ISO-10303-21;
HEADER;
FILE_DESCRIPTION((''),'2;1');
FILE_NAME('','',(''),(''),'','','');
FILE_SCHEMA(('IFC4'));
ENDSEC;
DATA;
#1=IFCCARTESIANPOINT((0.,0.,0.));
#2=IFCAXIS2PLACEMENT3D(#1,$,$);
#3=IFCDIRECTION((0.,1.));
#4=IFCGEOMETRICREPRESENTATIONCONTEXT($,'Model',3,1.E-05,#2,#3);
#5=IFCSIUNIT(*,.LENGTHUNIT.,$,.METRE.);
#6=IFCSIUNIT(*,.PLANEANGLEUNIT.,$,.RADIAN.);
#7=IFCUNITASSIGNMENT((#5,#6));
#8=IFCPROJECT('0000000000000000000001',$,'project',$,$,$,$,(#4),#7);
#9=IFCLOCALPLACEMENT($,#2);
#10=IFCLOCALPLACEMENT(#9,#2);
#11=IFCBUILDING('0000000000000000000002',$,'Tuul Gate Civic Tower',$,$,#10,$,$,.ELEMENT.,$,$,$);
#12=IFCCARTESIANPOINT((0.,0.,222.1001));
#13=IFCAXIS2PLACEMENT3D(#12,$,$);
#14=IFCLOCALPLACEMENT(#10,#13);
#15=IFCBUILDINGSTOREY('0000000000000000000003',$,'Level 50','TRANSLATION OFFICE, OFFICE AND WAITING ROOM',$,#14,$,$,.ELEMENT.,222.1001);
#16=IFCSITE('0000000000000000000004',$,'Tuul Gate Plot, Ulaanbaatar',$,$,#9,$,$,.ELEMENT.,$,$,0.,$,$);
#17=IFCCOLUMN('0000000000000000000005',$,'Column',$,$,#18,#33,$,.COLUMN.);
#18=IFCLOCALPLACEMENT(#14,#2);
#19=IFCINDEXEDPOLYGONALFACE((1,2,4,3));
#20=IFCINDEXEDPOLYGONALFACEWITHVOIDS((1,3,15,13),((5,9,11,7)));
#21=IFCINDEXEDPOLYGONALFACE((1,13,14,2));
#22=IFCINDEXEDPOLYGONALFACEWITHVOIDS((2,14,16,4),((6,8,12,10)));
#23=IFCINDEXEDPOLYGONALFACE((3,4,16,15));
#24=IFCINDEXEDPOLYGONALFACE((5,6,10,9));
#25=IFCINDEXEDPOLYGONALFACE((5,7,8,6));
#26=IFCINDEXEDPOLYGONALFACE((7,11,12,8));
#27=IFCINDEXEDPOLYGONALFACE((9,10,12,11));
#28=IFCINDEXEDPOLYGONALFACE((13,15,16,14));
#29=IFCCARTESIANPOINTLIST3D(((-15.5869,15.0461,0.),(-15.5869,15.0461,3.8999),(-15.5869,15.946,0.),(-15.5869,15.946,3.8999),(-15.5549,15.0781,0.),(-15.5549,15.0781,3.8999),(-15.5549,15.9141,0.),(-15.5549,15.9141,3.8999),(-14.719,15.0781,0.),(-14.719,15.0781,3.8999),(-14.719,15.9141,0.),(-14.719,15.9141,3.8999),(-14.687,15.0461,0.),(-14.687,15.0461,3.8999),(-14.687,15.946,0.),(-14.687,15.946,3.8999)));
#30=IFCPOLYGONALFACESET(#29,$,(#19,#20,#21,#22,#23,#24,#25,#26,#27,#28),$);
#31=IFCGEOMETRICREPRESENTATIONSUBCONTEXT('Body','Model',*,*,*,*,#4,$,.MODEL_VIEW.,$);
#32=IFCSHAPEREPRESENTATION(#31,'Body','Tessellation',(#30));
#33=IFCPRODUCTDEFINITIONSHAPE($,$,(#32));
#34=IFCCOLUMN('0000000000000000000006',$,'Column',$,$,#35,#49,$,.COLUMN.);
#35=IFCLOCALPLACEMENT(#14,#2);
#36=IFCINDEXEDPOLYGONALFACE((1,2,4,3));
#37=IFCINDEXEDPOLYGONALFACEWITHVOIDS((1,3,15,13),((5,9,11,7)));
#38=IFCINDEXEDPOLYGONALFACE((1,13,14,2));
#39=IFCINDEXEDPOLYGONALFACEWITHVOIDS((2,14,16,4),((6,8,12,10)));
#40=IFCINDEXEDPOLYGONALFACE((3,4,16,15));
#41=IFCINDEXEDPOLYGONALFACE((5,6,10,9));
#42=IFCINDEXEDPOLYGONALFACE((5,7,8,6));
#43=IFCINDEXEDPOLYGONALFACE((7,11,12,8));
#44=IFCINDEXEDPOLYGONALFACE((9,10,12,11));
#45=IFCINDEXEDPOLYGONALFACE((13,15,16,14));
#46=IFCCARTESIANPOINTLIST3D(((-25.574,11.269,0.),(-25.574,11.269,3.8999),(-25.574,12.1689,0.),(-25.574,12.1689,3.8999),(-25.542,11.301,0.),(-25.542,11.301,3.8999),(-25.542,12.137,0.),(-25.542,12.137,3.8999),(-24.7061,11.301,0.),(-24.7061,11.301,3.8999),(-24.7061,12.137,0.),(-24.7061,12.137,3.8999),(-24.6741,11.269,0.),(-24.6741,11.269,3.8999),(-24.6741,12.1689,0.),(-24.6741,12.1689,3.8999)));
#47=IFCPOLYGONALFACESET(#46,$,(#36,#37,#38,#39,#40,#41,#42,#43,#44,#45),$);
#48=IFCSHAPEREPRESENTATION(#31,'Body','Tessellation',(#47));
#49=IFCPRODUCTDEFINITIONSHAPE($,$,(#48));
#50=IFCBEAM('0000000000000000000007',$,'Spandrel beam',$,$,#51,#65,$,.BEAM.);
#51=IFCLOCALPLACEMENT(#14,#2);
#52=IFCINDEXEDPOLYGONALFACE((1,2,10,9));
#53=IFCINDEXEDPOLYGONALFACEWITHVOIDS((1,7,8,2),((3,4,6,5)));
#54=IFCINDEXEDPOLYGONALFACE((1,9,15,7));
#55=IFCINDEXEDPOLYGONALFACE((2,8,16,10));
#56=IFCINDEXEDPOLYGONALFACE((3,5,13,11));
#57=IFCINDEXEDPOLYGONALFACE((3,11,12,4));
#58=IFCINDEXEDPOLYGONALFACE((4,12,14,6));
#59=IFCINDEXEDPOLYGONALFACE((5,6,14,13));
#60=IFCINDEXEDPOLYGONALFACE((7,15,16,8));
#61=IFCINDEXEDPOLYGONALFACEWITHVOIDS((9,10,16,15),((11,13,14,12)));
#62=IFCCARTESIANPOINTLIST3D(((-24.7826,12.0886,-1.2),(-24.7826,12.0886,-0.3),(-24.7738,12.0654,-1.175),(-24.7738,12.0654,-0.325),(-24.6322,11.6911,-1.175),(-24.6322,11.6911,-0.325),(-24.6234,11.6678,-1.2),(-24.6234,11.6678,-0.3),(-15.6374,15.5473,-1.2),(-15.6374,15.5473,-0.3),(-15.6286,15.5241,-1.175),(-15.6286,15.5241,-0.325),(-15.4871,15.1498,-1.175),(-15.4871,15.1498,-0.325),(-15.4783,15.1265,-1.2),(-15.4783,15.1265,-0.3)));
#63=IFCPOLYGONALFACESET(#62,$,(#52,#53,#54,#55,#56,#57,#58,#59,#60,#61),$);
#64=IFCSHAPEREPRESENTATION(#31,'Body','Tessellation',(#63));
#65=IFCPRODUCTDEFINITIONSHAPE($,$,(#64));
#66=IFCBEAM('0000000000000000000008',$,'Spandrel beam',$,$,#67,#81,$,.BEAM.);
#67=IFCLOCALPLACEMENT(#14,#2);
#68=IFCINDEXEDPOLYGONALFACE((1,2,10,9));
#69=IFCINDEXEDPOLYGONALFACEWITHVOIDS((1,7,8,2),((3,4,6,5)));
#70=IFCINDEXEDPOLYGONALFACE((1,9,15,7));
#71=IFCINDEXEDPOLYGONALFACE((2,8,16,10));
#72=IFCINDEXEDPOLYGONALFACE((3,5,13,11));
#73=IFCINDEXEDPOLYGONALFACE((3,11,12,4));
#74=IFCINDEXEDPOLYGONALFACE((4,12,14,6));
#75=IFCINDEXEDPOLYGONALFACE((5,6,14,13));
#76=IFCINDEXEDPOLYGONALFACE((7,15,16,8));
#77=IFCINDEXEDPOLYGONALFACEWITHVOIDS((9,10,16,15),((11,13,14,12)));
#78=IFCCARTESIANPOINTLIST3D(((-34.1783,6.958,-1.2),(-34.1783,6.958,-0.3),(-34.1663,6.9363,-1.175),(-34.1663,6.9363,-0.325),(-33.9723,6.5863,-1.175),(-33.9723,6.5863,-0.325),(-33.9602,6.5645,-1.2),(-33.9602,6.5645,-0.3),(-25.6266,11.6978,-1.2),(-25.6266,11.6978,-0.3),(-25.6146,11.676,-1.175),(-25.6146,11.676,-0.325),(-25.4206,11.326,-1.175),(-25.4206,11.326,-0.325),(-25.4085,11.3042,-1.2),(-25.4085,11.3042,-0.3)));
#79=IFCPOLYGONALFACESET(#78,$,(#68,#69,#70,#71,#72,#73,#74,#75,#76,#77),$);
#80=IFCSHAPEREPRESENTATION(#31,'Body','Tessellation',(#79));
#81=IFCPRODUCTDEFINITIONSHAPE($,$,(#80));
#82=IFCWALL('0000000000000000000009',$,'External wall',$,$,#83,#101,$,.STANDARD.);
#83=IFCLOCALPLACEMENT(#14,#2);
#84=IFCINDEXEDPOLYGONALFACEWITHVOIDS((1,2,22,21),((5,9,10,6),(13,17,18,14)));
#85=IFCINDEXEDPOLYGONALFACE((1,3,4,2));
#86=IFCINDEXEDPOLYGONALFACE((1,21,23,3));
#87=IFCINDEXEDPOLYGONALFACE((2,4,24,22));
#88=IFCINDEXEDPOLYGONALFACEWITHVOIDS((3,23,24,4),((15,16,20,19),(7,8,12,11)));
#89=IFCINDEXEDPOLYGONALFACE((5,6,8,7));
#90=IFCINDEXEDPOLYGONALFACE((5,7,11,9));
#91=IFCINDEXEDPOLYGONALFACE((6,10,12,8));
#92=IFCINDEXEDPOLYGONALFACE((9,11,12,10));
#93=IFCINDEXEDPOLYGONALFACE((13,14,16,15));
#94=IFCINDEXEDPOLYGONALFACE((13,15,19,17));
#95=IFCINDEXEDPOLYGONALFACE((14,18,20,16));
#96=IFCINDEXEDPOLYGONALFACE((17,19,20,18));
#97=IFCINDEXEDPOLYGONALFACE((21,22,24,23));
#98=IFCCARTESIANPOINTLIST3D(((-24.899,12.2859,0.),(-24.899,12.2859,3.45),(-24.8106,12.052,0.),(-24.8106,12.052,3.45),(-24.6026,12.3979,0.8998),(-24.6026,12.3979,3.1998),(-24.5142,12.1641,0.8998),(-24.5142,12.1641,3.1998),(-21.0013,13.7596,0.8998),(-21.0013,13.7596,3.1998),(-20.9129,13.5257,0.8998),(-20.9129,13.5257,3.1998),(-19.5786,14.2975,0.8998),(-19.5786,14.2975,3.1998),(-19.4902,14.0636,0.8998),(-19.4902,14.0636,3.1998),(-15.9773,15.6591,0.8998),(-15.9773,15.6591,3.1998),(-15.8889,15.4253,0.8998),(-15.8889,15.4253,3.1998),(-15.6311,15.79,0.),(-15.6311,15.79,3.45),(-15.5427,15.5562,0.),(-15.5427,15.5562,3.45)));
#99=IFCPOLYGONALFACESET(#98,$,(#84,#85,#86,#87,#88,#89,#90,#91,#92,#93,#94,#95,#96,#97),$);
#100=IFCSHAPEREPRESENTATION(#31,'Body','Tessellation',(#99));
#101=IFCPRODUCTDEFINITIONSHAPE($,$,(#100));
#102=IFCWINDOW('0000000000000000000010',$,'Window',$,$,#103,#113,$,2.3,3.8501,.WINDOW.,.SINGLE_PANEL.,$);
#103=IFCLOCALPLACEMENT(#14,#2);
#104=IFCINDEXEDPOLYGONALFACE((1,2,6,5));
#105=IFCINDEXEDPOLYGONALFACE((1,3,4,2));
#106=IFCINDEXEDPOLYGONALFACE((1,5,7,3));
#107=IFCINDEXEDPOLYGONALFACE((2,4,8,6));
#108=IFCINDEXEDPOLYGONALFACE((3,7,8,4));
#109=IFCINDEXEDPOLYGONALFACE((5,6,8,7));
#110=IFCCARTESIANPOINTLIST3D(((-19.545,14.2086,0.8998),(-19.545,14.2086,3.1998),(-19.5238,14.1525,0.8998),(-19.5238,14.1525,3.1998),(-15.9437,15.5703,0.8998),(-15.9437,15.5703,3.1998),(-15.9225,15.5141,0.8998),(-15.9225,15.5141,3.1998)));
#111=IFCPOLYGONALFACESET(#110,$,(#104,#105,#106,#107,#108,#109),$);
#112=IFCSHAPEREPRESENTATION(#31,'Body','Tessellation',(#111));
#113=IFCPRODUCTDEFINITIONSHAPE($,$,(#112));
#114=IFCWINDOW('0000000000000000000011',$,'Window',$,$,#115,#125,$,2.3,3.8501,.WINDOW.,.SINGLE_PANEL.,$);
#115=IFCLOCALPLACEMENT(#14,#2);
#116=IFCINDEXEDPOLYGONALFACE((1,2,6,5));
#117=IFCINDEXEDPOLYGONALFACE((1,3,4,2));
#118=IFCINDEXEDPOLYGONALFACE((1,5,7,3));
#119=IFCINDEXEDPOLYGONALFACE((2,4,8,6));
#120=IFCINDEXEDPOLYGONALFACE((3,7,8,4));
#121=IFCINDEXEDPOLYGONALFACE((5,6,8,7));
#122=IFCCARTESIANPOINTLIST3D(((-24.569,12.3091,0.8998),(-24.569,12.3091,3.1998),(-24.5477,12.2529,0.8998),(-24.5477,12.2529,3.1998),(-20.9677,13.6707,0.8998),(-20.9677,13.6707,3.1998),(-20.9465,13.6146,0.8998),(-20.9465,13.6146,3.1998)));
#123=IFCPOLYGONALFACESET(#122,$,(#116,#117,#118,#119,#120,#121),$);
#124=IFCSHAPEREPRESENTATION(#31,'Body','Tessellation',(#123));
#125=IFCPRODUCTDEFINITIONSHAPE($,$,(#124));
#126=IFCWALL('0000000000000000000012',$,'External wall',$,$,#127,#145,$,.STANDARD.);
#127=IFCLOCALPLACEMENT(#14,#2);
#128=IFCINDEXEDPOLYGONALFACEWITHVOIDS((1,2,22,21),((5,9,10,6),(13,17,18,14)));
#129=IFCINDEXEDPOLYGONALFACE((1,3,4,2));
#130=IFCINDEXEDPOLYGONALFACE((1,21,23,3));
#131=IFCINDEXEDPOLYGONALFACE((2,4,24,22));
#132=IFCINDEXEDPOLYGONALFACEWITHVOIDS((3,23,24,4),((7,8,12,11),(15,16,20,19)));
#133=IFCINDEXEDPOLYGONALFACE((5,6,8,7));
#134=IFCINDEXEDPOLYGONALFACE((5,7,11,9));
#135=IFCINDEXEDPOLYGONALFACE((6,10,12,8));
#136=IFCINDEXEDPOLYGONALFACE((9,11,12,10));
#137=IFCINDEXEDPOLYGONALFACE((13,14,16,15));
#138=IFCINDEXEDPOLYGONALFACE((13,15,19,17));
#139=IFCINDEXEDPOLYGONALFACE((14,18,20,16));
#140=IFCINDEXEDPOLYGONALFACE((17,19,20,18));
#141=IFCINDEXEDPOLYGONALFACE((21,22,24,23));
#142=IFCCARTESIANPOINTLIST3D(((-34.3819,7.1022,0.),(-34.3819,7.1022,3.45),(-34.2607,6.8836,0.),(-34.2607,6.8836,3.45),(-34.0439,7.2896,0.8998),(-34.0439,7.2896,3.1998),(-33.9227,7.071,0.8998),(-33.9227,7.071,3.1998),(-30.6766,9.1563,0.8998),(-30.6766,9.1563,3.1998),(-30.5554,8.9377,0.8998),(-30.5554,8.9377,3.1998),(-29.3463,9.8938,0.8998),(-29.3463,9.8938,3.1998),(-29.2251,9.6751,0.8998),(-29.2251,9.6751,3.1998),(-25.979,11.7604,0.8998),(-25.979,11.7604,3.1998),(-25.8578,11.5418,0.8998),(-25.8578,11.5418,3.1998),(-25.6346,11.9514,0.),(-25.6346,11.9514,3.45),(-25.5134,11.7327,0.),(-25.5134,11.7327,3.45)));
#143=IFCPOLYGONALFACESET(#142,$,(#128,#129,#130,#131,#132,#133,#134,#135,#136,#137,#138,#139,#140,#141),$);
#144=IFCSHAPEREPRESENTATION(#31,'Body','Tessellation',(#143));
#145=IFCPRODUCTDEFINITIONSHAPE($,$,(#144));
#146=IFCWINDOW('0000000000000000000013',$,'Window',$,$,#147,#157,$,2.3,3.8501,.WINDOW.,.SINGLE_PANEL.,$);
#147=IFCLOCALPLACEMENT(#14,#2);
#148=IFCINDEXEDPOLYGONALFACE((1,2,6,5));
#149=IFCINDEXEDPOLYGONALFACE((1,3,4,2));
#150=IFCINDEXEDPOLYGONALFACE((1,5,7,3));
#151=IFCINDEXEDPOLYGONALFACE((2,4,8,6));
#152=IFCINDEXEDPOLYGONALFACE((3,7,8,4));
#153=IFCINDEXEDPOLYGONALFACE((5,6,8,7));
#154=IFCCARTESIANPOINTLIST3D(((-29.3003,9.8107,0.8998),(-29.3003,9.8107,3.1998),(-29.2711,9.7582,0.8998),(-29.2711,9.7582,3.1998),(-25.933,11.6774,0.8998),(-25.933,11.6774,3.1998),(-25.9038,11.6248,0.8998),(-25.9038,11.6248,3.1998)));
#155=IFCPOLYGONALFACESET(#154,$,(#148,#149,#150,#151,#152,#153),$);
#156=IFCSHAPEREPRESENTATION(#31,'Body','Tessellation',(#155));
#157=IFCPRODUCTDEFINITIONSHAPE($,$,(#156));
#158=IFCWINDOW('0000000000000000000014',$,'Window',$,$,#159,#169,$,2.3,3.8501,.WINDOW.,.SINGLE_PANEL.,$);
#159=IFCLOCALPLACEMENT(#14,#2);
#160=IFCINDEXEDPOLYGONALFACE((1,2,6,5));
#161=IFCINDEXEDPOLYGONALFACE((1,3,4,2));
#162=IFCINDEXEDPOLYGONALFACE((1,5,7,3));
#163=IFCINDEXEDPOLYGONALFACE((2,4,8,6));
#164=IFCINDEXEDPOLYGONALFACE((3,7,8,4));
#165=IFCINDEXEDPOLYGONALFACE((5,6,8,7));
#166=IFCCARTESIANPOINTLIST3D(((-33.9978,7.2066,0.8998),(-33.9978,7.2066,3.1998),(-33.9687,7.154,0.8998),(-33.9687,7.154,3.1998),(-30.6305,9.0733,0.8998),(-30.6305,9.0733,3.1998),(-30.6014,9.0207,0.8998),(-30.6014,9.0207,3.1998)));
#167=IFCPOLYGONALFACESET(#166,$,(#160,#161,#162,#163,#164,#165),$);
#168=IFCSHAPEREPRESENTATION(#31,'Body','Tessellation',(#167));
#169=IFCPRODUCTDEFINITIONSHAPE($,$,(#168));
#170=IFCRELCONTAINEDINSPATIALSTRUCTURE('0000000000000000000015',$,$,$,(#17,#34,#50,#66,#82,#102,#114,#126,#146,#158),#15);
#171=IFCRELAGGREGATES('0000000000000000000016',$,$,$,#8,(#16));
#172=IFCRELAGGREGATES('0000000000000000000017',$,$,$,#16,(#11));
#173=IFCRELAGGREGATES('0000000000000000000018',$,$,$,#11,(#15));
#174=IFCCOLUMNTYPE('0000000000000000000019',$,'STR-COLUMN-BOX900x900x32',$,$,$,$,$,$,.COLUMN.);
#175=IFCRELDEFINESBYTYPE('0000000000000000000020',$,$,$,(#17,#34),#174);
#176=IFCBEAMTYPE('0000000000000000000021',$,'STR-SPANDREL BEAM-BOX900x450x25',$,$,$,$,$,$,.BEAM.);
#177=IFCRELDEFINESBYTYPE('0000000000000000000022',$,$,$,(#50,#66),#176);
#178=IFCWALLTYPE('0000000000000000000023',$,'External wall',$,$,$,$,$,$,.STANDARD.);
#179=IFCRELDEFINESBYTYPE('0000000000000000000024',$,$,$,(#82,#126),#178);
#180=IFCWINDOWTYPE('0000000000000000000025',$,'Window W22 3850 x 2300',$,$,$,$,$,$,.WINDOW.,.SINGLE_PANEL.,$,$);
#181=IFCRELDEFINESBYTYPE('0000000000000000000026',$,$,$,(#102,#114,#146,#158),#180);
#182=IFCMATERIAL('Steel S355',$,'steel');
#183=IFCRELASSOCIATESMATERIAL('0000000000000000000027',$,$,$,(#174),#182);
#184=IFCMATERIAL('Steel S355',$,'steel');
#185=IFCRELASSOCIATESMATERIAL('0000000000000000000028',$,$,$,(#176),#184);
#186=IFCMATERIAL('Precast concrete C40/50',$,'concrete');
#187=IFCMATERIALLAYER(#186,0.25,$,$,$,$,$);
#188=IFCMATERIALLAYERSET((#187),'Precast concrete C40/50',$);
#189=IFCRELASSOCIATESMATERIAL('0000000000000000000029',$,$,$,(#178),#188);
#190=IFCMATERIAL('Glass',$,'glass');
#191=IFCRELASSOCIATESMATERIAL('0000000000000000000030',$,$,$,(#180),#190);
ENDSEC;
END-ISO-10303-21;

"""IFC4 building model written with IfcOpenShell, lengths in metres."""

from ifc_helpers import new_model, si_unit, direction, frame, frame_2d, origin, origin_2d, place, context, subcontext, project, spatial, rectangle, hollow_rectangle, extrude, material, layer, layer_set, material_profile, profile_set, type_object, element, fill, save


model = new_model("IFC4")

# Units and contexts
model_context = context("Model", 3, precision=1e-05, world=origin(), true_north=direction((0.0, 1.0)))
body_context = subcontext(model_context, "Body", "Model", "MODEL_VIEW")
ifc_project = project(units=[si_unit("LENGTHUNIT", "METRE"), si_unit("PLANEANGLEUNIT", "RADIAN")], contexts=[model_context])

# Site, building, storey
site_placement = place(None, origin())
site = spatial("IfcSite", under=ifc_project, at=site_placement, Name="Tuul Gate Plot, Ulaanbaatar", CompositionType="ELEMENT", RefElevation=0.0)
building_placement = place(site_placement, origin())
building = spatial("IfcBuilding", under=site, at=building_placement, Name="Tuul Gate Civic Tower", CompositionType="ELEMENT")
storey_placement = place(building_placement, frame((0.0, 0.0, 222.1001)))
storey = spatial("IfcBuildingStorey", under=building, at=storey_placement, Name="Level 50", Description="TRANSLATION OFFICE, OFFICE AND WAITING ROOM", CompositionType="ELEMENT", Elevation=222.1001)

# Columns
ifc_material_1 = material(Name="Steel S355", Category="steel")
ifc_material_profile_1 = material_profile(ifc_material_1, hollow_rectangle(XDim=0.8999, YDim=0.8999, WallThickness=0.032, at=origin_2d()), Name="BOX900x900x32")
ifc_profile_set_1 = profile_set([ifc_material_profile_1], Name="Steel S355")
column_type = type_object("IfcColumnType", Name="STR-COLUMN-BOX900x900x32", PredefinedType="COLUMN", material=ifc_profile_set_1)
for number, where, z_axis, x_axis, name in (
    (1, (-15.137, 15.4961, 0.0), (0.0, 0.0, 1.0), (1.0, 0.0, 0.0), "Column"),
    (2, (-25.124, 11.719, 0.0), (0.0, 0.0, 1.0), (1.0, 0.0, 0.0), "Column"),
):
    element("IfcColumn", number, at=place(storey_placement, frame(where, z_axis=z_axis, x_axis=x_axis)), inside=storey, type_object=column_type, Name=name, PredefinedType="COLUMN", context=body_context, shape_type="SweptSolid", body=[
        extrude(hollow_rectangle(XDim=0.8999, YDim=0.8999, WallThickness=0.032, at=origin_2d()), origin(), (0.0, 0.0, 1.0), 3.8999),
    ])

# Beams
ifc_material_2 = material(Name="Steel S355", Category="steel")
ifc_material_profile_2 = material_profile(ifc_material_2, hollow_rectangle(XDim=0.45, YDim=0.8999, WallThickness=0.0249, at=origin_2d()), Name="BOX900x450x25")
ifc_profile_set_2 = profile_set([ifc_material_profile_2], Name="Steel S355")
beam_type = type_object("IfcBeamType", Name="STR-SPANDREL BEAM-BOX900x450x25", PredefinedType="BEAM", material=ifc_profile_set_2)
for number, where, z_axis, x_axis, name in (
    (3, (-15.5579, 15.3369, -0.75), (-0.935341, -0.353746, 0.0), (0.353746, -0.935341, 0.0), "Spandrel beam"),
    (4, (-25.5176, 11.501, -0.75), (-0.874644, -0.484765, 0.0), (0.484765, -0.874644, 0.0), "Spandrel beam"),
):
    element("IfcBeam", number, at=place(storey_placement, frame(where, z_axis=z_axis, x_axis=x_axis)), inside=storey, type_object=beam_type, Name=name, PredefinedType="BEAM", context=body_context, shape_type="SweptSolid", body=[
        extrude(hollow_rectangle(XDim=0.45, YDim=0.8999, WallThickness=0.0249, at=origin_2d()), origin(), (0.0, 0.0, 1.0), 9.7773),
    ])

# Walls, openings, windows
ifc_material_3 = material(Name="Precast concrete C40/50", Category="concrete")
ifc_layer_1 = layer(ifc_material_3, 0.25)
ifc_layer_set_1 = layer_set([ifc_layer_1], Name="Precast concrete C40/50")
wall_type_1 = type_object("IfcWallType", Name="External wall", PredefinedType="STANDARD", material=ifc_layer_set_1)
wall_1_placement = place(storey_placement, frame((-15.5869, 15.6731, 0.0), z_axis=(0.0, 0.0, 1.0), x_axis=(-0.935373, -0.353663, 0.0)))
wall_1 = element("IfcWall", 5, at=wall_1_placement, inside=storey, type_object=wall_type_1, Name="External wall", PredefinedType="STANDARD", context=body_context, shape_type="SweptSolid", body=[
    extrude(rectangle(XDim=9.9082, YDim=0.25, at=frame_2d((4.9541, 0.0))), origin(), (0.0, 0.0, 1.0), 3.45),
])
opening_1_placement = place(wall_1_placement, frame((0.3701, 0.0, 0.8999)))
opening_1 = element("IfcOpeningElement", 6, at=opening_1_placement, cuts=wall_1, PredefinedType="OPENING", context=body_context, shape_type="SweptSolid", body=[
    extrude(rectangle(XDim=3.8501, YDim=2.3, at=frame_2d((1.925, 1.1499))), frame((0.0, 0.135, 0.0), z_axis=(0.0, -1.0, 0.0), x_axis=(1.0, 0.0, 0.0)), (0.0, 0.0, 1.0), 0.27),
])
opening_2_placement = place(wall_1_placement, frame((5.7412, 0.0, 0.8999)))
opening_2 = element("IfcOpeningElement", 7, at=opening_2_placement, cuts=wall_1, PredefinedType="OPENING", context=body_context, shape_type="SweptSolid", body=[
    extrude(rectangle(XDim=3.8501, YDim=2.3, at=frame_2d((1.925, 1.1499))), frame((0.0, 0.135, 0.0), z_axis=(0.0, -1.0, 0.0), x_axis=(1.0, 0.0, 0.0)), (0.0, 0.0, 1.0), 0.27),
])
ifc_material_4 = material(Name="Glass", Category="glass")
window_type = type_object("IfcWindowType", Name="Window W22 3850 x 2300", PartitioningType="SINGLE_PANEL", PredefinedType="WINDOW", material=ifc_material_4)
window_1_placement = place(opening_1_placement, origin())
window_1 = element("IfcWindow", 8, at=window_1_placement, inside=storey, type_object=window_type, Name="Window", OverallHeight=2.3, OverallWidth=3.8501, PartitioningType="SINGLE_PANEL", PredefinedType="WINDOW", context=body_context, shape_type="SweptSolid", body=[
    extrude(rectangle(XDim=3.8501, YDim=2.3, at=frame_2d((1.925, 1.1499))), frame((0.0, 0.03, 0.0), z_axis=(0.0, -1.0, 0.0), x_axis=(1.0, 0.0, 0.0)), (0.0, 0.0, 1.0), 0.0601),
])
fill(opening_1, window_1)
window_2_placement = place(opening_2_placement, origin())
window_2 = element("IfcWindow", 9, at=window_2_placement, inside=storey, type_object=window_type, Name="Window", OverallHeight=2.3, OverallWidth=3.8501, PartitioningType="SINGLE_PANEL", PredefinedType="WINDOW", context=body_context, shape_type="SweptSolid", body=[
    extrude(rectangle(XDim=3.8501, YDim=2.3, at=frame_2d((1.925, 1.1499))), frame((0.0, 0.03, 0.0), z_axis=(0.0, -1.0, 0.0), x_axis=(1.0, 0.0, 0.0)), (0.0, 0.0, 1.0), 0.0601),
])
fill(opening_2, window_2)
wall_2_placement = place(storey_placement, frame((-25.574, 11.842, 0.0), z_axis=(0.0, 0.0, 1.0), x_axis=(-0.874603, -0.484841, 0.0)))
wall_2 = element("IfcWall", 10, at=wall_2_placement, inside=storey, type_object=wall_type_1, Name="External wall", PredefinedType="STANDARD", context=body_context, shape_type="SweptSolid", body=[
    extrude(rectangle(XDim=10.0015, YDim=0.25, at=frame_2d((5.0007, 0.0))), origin(), (0.0, 0.0, 1.0), 3.45),
])
opening_3_placement = place(wall_2_placement, frame((0.3938, 0.0, 0.8999)))
opening_3 = element("IfcOpeningElement", 11, at=opening_3_placement, cuts=wall_2, PredefinedType="OPENING", context=body_context, shape_type="SweptSolid", body=[
    extrude(rectangle(XDim=3.8501, YDim=2.3, at=frame_2d((1.925, 1.1499))), frame((0.0, 0.135, 0.0), z_axis=(0.0, -1.0, 0.0), x_axis=(1.0, 0.0, 0.0)), (0.0, 0.0, 1.0), 0.27),
])
opening_4_placement = place(wall_2_placement, frame((5.7649, 0.0, 0.8999)))
opening_4 = element("IfcOpeningElement", 12, at=opening_4_placement, cuts=wall_2, PredefinedType="OPENING", context=body_context, shape_type="SweptSolid", body=[
    extrude(rectangle(XDim=3.8501, YDim=2.3, at=frame_2d((1.925, 1.1499))), frame((0.0, 0.135, 0.0), z_axis=(0.0, -1.0, 0.0), x_axis=(1.0, 0.0, 0.0)), (0.0, 0.0, 1.0), 0.27),
])
window_3_placement = place(opening_3_placement, origin())
window_3 = element("IfcWindow", 13, at=window_3_placement, inside=storey, type_object=window_type, Name="Window", OverallHeight=2.3, OverallWidth=3.8501, PartitioningType="SINGLE_PANEL", PredefinedType="WINDOW", context=body_context, shape_type="SweptSolid", body=[
    extrude(rectangle(XDim=3.8501, YDim=2.3, at=frame_2d((1.925, 1.1499))), frame((0.0, 0.03, 0.0), z_axis=(0.0, -1.0, 0.0), x_axis=(1.0, 0.0, 0.0)), (0.0, 0.0, 1.0), 0.0601),
])
fill(opening_3, window_3)
window_4_placement = place(opening_4_placement, origin())
window_4 = element("IfcWindow", 14, at=window_4_placement, inside=storey, type_object=window_type, Name="Window", OverallHeight=2.3, OverallWidth=3.8501, PartitioningType="SINGLE_PANEL", PredefinedType="WINDOW", context=body_context, shape_type="SweptSolid", body=[
    extrude(rectangle(XDim=3.8501, YDim=2.3, at=frame_2d((1.925, 1.1499))), frame((0.0, 0.03, 0.0), z_axis=(0.0, -1.0, 0.0), x_axis=(1.0, 0.0, 0.0)), (0.0, 0.0, 1.0), 0.0601),
])
fill(opening_4, window_4)

save(model, "model.ifc")
